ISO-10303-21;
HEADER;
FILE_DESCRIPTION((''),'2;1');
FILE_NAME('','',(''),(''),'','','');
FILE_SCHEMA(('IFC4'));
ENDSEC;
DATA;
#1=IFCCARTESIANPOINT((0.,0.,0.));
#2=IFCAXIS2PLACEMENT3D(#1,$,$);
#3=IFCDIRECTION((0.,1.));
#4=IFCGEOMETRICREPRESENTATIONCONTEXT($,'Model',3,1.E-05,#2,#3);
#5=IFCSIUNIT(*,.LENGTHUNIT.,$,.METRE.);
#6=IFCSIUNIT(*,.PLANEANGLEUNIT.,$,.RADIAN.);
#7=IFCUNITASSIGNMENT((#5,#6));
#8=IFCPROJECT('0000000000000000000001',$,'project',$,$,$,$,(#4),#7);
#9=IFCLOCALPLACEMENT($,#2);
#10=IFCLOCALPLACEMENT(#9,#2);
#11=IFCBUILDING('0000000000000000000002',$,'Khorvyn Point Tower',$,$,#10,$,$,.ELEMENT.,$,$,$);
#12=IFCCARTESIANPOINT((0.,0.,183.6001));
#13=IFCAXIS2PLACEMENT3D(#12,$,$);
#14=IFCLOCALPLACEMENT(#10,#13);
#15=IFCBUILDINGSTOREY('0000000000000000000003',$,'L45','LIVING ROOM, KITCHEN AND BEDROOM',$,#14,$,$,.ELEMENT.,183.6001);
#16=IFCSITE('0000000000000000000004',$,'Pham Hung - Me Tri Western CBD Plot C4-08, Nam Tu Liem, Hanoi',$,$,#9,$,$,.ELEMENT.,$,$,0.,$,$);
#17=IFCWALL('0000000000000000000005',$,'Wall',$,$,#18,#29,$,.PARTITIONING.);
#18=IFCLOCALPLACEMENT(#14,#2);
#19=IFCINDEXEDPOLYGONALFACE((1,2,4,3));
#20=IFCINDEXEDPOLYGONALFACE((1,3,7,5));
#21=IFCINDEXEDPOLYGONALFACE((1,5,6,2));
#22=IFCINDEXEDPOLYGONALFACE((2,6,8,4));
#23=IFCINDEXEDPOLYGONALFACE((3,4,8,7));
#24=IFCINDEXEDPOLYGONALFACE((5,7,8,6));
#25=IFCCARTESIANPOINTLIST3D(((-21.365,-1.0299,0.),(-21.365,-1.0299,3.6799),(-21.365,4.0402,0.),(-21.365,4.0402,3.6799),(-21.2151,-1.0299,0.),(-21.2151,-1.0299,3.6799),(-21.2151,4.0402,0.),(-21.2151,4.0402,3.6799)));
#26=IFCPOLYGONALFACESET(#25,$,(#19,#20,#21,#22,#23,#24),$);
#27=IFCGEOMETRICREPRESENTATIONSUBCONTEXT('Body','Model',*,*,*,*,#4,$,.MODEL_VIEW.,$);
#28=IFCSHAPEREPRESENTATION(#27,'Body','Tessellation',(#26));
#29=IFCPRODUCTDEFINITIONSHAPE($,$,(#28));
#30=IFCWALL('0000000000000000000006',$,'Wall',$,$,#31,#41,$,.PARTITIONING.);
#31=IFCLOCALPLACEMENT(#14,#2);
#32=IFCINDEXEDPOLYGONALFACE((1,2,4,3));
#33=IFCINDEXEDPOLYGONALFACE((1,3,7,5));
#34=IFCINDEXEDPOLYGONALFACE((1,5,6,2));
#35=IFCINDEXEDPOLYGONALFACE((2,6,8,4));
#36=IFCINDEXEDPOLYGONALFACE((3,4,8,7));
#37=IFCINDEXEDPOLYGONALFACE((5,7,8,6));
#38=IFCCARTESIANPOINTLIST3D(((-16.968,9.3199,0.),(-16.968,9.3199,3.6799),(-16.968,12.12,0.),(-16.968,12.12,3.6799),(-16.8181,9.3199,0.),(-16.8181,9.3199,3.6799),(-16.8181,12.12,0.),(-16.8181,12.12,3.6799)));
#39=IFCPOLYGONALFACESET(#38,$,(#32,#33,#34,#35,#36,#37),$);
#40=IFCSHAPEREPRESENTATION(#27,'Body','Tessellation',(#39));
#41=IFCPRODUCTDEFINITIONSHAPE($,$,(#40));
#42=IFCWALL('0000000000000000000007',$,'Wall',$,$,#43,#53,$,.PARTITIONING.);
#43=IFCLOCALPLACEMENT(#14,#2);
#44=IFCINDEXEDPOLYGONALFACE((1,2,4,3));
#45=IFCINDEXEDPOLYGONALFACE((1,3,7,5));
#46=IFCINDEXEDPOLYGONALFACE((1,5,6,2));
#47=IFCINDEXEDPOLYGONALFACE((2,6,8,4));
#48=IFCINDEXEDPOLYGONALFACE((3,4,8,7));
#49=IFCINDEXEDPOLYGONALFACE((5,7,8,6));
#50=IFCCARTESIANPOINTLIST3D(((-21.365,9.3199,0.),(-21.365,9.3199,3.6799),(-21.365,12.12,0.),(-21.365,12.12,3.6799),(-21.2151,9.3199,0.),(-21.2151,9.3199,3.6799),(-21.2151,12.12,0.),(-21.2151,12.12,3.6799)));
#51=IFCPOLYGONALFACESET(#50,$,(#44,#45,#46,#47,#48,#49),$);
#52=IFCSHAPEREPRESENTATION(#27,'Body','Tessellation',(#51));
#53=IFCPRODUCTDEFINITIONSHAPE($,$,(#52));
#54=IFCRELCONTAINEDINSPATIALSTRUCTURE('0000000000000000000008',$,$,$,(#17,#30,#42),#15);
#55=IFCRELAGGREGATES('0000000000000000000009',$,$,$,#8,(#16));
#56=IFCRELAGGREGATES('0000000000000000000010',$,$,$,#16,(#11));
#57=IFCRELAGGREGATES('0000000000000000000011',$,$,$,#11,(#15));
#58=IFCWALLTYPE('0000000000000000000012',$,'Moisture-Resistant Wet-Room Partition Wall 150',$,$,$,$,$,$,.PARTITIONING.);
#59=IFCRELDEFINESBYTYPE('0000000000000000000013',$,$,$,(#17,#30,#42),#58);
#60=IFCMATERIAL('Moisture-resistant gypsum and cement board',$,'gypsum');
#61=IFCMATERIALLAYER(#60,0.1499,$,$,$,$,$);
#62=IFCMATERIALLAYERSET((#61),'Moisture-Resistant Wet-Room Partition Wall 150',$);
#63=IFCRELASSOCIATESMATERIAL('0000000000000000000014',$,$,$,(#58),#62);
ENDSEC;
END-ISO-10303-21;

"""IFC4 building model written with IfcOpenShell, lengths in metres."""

from ifc_helpers import new_model, si_unit, direction, frame, frame_2d, origin, place, context, subcontext, project, spatial, rectangle, extrude, material, layer, layer_set, type_object, element, save


model = new_model("IFC4")

# Units and contexts
model_context = context("Model", 3, precision=1e-05, world=origin(), true_north=direction((0.0, 1.0)))
body_context = subcontext(model_context, "Body", "Model", "MODEL_VIEW")
ifc_project = project(units=[si_unit("LENGTHUNIT", "METRE"), si_unit("PLANEANGLEUNIT", "RADIAN")], contexts=[model_context])

# Site, building, storey
site_placement = place(None, origin())
site = spatial("IfcSite", under=ifc_project, at=site_placement, Name="Pham Hung - Me Tri Western CBD Plot C4-08, Nam Tu Liem, Hanoi", CompositionType="ELEMENT", RefElevation=0.0)
building_placement = place(site_placement, origin())
building = spatial("IfcBuilding", under=site, at=building_placement, Name="Khorvyn Point Tower", CompositionType="ELEMENT")
storey_placement = place(building_placement, frame((0.0, 0.0, 183.6001)))
storey = spatial("IfcBuildingStorey", under=building, at=storey_placement, Name="L45", Description="LIVING ROOM, KITCHEN AND BEDROOM", CompositionType="ELEMENT", Elevation=183.6001)

# Shared definitions
ifc_material_1 = material(Name="Moisture-resistant gypsum and cement board", Category="gypsum")
ifc_layer_1 = layer(ifc_material_1, 0.1499)
ifc_layer_set_1 = layer_set([ifc_layer_1], Name="Moisture-Resistant Wet-Room Partition Wall 150")
wall_type_1 = type_object("IfcWallType", Name="Moisture-Resistant Wet-Room Partition Wall 150", PredefinedType="PARTITIONING", material=ifc_layer_set_1)

# Walls
for number, where, z_axis, x_axis, name in (
    (1, (-21.29, -1.03, 0.0), (0.0, 0.0, 1.0), (0.0, 1.0, 0.0), "Wall"),
):
    element("IfcWall", number, at=place(storey_placement, frame(where, z_axis=z_axis, x_axis=x_axis)), inside=storey, type_object=wall_type_1, Name=name, PredefinedType="PARTITIONING", context=body_context, shape_type="SweptSolid", body=[
        extrude(rectangle(XDim=5.0701, YDim=0.1499, at=frame_2d((2.5352, 0.0))), origin(), (0.0, 0.0, 1.0), 3.6799),
    ])
for number, where, z_axis, x_axis, name in (
    (2, (-16.8931, 9.3201, 0.0), (0.0, 0.0, 1.0), (0.0, 1.0, 0.0), "Wall"),
    (3, (-21.29, 9.3201, 0.0), (0.0, 0.0, 1.0), (0.0, 1.0, 0.0), "Wall"),
):
    element("IfcWall", number, at=place(storey_placement, frame(where, z_axis=z_axis, x_axis=x_axis)), inside=storey, type_object=wall_type_1, Name=name, PredefinedType="PARTITIONING", context=body_context, shape_type="SweptSolid", body=[
        extrude(rectangle(XDim=2.8, YDim=0.1499, at=frame_2d((1.3999, 0.0))), origin(), (0.0, 0.0, 1.0), 3.6799),
    ])

save(model, "model.ifc")
